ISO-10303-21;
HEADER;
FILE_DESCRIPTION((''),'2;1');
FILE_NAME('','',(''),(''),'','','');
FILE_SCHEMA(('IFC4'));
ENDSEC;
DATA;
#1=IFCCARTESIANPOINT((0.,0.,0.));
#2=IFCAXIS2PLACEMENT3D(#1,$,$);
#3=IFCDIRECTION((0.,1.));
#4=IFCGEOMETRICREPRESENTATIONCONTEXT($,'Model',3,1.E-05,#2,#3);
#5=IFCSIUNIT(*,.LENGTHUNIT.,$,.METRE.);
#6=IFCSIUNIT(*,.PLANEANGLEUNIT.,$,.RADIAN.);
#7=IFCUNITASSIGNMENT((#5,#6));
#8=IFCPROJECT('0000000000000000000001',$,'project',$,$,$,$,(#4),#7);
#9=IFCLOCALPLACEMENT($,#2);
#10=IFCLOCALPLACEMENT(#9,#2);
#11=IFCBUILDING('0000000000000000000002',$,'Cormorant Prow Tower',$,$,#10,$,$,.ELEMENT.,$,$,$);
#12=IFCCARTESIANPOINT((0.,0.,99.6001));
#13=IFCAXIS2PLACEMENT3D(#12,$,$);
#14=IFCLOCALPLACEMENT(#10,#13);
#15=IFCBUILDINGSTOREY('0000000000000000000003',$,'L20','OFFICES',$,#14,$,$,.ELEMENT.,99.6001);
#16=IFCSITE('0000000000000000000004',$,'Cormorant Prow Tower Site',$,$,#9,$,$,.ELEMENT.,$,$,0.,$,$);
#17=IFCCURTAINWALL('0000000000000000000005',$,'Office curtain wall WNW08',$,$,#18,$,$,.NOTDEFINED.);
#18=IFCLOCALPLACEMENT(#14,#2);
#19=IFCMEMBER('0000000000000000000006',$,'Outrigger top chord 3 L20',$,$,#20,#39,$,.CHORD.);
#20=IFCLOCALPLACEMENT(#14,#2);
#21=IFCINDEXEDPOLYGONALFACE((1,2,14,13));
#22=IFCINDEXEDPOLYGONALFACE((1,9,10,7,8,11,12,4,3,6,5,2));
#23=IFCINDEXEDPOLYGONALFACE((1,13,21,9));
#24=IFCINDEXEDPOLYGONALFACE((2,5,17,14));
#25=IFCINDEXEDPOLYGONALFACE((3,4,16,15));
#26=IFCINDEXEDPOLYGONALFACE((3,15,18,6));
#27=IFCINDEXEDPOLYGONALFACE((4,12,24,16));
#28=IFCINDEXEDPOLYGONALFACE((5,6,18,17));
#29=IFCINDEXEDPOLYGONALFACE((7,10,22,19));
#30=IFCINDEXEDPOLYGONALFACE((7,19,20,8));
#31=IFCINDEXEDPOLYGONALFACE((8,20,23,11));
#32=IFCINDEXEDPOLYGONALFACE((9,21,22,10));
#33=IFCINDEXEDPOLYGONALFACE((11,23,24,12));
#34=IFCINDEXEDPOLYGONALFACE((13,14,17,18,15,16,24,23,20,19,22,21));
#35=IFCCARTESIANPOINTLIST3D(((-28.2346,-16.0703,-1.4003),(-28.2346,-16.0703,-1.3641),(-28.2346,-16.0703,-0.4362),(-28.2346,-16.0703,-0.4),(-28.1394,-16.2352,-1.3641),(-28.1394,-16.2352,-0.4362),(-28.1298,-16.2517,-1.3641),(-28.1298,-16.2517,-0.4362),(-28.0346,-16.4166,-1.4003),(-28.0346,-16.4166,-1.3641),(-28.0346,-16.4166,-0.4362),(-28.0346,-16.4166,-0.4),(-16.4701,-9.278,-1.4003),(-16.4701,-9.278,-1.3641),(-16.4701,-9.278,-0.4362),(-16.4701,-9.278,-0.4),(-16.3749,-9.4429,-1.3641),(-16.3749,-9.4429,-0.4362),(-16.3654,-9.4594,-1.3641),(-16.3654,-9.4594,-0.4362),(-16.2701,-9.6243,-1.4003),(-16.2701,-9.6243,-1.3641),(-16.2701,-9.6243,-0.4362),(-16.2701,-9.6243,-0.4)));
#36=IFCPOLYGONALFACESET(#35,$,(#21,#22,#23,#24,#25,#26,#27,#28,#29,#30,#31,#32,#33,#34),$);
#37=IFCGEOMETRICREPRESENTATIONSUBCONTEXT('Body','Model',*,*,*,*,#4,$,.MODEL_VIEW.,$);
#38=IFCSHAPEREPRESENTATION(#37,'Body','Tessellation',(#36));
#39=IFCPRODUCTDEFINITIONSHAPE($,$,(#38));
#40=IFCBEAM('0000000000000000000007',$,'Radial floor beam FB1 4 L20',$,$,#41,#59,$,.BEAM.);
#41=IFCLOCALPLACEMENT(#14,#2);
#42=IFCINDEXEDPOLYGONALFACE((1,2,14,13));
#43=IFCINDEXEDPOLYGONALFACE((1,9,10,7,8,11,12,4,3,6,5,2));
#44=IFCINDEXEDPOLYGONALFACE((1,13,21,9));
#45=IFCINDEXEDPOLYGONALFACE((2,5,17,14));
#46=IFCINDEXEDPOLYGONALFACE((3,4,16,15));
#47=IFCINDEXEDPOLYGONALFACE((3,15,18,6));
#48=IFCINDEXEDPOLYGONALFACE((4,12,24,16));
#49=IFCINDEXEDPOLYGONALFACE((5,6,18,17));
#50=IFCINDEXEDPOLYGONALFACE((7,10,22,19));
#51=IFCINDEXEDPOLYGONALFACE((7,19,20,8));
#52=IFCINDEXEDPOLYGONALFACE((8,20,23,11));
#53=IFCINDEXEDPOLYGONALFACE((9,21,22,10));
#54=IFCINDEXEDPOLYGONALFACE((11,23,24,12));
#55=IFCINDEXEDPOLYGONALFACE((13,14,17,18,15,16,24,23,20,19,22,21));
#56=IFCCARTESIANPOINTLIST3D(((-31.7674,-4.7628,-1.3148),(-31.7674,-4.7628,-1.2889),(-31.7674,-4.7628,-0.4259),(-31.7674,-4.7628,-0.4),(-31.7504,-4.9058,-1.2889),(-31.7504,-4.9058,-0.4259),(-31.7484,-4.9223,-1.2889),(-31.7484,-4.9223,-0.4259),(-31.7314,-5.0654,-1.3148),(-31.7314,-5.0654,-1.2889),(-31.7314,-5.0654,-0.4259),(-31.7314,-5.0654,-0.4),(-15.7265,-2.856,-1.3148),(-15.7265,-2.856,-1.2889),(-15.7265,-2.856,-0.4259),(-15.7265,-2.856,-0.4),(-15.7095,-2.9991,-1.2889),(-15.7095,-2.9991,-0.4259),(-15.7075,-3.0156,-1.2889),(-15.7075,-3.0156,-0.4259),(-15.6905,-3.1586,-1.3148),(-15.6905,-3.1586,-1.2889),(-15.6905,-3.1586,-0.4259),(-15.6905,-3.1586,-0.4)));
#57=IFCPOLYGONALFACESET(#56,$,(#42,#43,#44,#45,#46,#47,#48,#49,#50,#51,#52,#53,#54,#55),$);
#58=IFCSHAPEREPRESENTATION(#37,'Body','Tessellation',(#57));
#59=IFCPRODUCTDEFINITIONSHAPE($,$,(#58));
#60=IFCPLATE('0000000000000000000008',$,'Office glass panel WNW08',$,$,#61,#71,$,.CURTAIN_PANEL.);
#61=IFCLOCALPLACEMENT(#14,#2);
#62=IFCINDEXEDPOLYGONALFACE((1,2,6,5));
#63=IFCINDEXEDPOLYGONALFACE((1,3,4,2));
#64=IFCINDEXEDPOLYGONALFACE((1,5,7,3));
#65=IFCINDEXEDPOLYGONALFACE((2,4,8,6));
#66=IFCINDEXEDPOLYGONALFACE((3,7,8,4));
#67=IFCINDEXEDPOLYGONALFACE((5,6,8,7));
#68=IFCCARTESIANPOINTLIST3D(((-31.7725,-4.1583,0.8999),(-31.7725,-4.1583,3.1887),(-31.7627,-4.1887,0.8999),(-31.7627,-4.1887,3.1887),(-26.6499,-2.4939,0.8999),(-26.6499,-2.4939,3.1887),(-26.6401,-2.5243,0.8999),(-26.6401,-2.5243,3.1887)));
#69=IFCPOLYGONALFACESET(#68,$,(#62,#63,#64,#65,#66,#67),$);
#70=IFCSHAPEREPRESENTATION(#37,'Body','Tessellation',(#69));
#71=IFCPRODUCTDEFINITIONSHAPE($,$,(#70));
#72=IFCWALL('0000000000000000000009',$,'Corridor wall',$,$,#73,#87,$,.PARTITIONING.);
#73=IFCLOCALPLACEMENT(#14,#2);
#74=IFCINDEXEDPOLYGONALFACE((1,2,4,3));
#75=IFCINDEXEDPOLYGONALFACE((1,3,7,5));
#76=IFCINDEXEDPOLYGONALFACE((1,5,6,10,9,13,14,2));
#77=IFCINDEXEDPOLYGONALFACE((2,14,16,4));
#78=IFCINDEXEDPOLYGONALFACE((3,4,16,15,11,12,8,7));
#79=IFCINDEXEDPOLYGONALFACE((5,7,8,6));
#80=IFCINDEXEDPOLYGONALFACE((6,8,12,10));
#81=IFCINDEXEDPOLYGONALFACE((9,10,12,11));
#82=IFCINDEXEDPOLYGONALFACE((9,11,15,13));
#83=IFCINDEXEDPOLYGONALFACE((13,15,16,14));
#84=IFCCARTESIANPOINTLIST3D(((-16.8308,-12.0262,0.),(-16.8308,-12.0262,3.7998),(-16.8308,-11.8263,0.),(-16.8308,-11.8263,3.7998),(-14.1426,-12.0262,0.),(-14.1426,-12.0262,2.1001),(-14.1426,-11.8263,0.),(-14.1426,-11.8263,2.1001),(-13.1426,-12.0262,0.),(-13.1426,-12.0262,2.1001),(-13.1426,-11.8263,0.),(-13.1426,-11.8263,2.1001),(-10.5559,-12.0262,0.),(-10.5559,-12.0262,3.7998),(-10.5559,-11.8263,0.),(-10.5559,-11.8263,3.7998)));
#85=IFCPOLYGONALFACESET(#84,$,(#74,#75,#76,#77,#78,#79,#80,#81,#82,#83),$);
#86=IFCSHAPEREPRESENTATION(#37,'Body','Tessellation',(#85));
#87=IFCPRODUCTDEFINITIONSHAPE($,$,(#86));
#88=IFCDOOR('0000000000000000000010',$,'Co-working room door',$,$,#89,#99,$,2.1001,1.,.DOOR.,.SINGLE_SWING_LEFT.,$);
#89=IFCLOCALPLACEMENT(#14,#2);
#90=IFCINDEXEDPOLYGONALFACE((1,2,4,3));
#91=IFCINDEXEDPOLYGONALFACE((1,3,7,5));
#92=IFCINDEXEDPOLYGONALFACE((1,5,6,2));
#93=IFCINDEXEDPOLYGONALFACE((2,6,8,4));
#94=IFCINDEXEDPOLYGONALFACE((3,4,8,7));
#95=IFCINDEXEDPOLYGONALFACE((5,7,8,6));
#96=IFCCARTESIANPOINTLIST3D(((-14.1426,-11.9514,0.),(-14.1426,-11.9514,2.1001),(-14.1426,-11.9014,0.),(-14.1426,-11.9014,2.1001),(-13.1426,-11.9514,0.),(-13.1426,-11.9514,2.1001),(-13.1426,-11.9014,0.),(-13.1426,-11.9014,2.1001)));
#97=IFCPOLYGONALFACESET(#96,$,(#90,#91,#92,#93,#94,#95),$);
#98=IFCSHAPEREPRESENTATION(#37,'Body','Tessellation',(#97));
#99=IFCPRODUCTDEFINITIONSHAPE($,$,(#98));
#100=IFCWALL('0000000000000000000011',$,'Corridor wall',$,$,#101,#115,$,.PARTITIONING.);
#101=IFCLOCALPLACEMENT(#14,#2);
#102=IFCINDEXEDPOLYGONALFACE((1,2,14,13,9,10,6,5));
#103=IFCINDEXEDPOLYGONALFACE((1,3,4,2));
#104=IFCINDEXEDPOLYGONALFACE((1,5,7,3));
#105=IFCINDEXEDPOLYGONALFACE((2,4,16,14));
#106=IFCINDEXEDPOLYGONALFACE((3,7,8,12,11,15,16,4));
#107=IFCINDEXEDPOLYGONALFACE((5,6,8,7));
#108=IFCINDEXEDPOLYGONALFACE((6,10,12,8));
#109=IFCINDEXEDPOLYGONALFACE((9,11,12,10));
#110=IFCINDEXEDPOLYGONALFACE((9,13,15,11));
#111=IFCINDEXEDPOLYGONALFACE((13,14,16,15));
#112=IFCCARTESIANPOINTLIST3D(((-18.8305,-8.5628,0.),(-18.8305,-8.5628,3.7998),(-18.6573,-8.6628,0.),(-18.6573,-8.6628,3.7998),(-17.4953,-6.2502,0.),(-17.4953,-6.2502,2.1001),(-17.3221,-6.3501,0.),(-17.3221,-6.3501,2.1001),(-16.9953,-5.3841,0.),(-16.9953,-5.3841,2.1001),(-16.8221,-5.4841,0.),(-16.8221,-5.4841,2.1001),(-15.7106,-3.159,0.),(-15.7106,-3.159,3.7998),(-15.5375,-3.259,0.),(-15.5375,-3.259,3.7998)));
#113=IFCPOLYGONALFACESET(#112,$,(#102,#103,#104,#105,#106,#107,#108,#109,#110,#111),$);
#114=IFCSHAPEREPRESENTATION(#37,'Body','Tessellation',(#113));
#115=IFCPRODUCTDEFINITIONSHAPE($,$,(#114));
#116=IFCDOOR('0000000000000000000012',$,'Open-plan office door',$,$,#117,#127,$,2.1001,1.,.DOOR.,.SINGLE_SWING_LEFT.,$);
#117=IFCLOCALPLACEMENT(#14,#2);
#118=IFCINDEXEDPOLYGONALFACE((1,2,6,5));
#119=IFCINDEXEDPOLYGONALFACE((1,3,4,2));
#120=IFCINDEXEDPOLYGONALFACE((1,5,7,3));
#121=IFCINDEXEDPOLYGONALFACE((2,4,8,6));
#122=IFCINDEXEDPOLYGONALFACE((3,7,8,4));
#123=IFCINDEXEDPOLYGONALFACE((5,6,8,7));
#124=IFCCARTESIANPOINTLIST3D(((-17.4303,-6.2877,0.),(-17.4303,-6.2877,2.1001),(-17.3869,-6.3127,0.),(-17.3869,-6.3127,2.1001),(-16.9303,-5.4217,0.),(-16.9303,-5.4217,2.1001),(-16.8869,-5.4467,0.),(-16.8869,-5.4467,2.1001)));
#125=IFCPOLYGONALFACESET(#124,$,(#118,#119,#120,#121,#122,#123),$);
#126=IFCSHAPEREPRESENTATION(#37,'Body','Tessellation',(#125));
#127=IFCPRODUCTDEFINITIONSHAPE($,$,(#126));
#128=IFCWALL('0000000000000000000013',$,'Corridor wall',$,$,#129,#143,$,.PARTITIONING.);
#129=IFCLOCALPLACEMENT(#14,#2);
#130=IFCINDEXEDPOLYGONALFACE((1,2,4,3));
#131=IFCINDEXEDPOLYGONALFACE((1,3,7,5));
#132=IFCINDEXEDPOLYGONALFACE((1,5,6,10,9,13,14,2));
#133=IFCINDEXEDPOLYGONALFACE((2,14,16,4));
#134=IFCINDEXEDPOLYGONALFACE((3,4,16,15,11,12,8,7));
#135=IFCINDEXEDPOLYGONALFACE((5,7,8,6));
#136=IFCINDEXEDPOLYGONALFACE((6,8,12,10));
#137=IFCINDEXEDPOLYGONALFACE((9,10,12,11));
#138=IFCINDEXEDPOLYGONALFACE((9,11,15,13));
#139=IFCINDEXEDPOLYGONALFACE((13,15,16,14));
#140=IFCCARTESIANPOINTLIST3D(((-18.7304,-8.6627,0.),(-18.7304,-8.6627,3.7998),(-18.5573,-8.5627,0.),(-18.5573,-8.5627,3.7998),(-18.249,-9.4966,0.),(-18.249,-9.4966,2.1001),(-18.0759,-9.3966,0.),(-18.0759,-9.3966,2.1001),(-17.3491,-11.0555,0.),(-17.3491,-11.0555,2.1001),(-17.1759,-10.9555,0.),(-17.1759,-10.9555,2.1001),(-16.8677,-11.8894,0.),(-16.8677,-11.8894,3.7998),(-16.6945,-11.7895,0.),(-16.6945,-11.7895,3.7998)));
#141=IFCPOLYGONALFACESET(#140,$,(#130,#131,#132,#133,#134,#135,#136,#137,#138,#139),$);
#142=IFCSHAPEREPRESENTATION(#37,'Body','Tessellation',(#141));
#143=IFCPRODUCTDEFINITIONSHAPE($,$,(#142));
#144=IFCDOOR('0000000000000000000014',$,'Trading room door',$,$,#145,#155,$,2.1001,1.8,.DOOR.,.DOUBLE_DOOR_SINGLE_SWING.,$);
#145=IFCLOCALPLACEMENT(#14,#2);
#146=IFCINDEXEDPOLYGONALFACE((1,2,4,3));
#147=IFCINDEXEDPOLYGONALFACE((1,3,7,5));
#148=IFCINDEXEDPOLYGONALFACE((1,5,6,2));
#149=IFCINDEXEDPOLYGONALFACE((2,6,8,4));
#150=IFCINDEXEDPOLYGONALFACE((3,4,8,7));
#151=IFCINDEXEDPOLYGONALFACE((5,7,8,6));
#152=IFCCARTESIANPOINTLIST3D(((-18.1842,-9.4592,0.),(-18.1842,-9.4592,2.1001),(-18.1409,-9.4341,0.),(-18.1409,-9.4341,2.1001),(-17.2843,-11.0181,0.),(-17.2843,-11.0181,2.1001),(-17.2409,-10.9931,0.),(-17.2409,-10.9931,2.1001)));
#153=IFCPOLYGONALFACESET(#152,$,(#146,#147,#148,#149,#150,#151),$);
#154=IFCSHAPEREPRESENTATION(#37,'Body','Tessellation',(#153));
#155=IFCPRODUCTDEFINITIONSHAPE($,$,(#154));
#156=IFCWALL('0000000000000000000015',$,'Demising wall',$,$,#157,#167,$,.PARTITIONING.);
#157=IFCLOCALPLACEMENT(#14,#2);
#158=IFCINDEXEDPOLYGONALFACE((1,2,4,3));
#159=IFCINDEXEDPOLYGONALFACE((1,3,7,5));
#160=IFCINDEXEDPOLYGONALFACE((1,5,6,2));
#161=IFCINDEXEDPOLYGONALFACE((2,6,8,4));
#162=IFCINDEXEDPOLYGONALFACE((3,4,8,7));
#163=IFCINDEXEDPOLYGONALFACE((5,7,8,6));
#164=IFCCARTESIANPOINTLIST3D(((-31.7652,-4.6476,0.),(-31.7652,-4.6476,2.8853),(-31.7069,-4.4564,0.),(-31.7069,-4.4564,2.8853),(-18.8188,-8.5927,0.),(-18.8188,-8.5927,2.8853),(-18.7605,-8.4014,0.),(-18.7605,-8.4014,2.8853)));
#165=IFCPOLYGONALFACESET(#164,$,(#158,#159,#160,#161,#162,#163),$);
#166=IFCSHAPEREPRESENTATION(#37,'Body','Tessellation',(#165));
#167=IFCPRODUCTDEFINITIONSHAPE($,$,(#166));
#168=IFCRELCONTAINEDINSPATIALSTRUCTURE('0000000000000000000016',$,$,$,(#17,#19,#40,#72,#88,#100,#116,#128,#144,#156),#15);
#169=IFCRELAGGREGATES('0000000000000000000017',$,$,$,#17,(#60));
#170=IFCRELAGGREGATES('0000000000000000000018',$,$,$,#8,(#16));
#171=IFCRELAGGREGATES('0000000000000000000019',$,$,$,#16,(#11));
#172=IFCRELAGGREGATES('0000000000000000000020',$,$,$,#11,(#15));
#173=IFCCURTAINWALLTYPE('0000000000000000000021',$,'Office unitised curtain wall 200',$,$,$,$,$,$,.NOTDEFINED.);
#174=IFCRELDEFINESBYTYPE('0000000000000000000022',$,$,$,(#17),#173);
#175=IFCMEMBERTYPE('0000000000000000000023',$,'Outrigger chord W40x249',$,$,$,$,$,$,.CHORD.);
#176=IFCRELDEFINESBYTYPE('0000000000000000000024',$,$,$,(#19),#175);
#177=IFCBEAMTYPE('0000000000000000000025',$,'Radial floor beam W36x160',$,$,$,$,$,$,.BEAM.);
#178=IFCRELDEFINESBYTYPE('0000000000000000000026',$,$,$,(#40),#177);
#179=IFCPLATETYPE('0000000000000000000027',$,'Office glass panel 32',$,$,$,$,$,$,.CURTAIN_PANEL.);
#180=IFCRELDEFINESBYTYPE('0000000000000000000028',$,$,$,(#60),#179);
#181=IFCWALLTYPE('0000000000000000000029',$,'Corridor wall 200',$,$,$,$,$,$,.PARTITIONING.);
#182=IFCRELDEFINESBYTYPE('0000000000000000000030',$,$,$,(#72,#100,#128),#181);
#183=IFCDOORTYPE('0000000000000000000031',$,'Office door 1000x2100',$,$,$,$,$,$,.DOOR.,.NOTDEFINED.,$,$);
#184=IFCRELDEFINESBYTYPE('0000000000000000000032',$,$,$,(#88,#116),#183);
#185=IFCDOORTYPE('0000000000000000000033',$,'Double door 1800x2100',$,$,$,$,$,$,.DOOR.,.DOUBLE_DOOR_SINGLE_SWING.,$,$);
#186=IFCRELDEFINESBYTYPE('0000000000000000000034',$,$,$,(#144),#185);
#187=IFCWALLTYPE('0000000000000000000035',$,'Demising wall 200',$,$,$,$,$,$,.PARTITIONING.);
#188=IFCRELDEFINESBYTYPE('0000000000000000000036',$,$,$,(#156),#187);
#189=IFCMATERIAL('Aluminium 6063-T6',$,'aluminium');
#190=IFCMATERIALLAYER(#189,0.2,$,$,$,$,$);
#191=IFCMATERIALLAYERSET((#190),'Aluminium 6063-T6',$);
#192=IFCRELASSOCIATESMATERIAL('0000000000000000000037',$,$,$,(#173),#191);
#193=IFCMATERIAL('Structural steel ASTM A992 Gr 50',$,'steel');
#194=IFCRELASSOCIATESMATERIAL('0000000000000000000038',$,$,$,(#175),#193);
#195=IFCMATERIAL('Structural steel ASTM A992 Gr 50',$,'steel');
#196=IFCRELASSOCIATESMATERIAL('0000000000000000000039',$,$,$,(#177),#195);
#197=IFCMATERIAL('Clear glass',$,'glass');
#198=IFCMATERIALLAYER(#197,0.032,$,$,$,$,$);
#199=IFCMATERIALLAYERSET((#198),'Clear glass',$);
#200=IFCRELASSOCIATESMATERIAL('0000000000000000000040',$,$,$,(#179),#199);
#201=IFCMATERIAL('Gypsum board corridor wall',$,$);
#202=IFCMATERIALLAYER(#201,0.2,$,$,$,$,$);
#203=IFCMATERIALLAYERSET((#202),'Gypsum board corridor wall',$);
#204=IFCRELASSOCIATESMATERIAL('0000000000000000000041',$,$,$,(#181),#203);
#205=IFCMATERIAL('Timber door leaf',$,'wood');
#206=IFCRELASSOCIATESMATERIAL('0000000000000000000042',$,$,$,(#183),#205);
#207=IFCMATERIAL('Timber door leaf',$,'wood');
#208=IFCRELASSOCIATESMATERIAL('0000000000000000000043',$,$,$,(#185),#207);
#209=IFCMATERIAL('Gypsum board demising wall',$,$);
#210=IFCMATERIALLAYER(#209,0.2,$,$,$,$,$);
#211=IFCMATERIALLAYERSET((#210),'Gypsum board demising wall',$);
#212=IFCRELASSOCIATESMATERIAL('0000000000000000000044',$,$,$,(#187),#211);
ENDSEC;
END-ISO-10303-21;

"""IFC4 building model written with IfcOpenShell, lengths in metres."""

from ifc_helpers import new_model, si_unit, direction, frame, frame_2d, origin, origin_2d, place, context, subcontext, project, spatial, rectangle, i_section, extrude, material, layer, layer_set, material_profile, profile_set, type_object, element, fill, aggregate, save


model = new_model("IFC4")

# Units and contexts
model_context = context("Model", 3, precision=1e-05, world=origin(), true_north=direction((0.0, 1.0)))
body_context = subcontext(model_context, "Body", "Model", "MODEL_VIEW")
ifc_project = project(units=[si_unit("LENGTHUNIT", "METRE"), si_unit("PLANEANGLEUNIT", "RADIAN")], contexts=[model_context])

# Site, building, storey
site_placement = place(None, origin())
site = spatial("IfcSite", under=ifc_project, at=site_placement, Name="Cormorant Prow Tower Site", CompositionType="ELEMENT", RefElevation=0.0)
building_placement = place(site_placement, origin())
building = spatial("IfcBuilding", under=site, at=building_placement, Name="Cormorant Prow Tower", CompositionType="ELEMENT")
storey_placement = place(building_placement, frame((0.0, 0.0, 99.6001)))
storey = spatial("IfcBuildingStorey", under=building, at=storey_placement, Name="L20", Description="OFFICES", CompositionType="ELEMENT", Elevation=99.6001)

# Curtain wall
ifc_material_1 = material(Name="Aluminium 6063-T6", Category="aluminium")
ifc_layer_1 = layer(ifc_material_1, 0.2)
ifc_layer_set_1 = layer_set([ifc_layer_1], Name="Aluminium 6063-T6")
curtain_wall_type = type_object("IfcCurtainWallType", Name="Office unitised curtain wall 200", PredefinedType="NOTDEFINED", material=ifc_layer_set_1)
curtain_wall_placement = place(storey_placement, origin())
curtain_wall = element("IfcCurtainWall", 1, at=curtain_wall_placement, inside=storey, type_object=curtain_wall_type, Name="Office curtain wall WNW08", PredefinedType="NOTDEFINED")

# Member
ifc_material_2 = material(Name="Structural steel ASTM A992 Gr 50", Category="steel")
ifc_material_profile_1 = material_profile(ifc_material_2, i_section(OverallWidth=0.3999, OverallDepth=1.0002, WebThickness=0.019, FlangeThickness=0.0361, at=origin_2d()), Name="W40x249")
ifc_profile_set_1 = profile_set([ifc_material_profile_1], Name="Structural steel ASTM A992 Gr 50")
member_type_1 = type_object("IfcMemberType", Name="Outrigger chord W40x249", PredefinedType="CHORD", material=ifc_profile_set_1)
member_1_placement = place(storey_placement, frame((-16.3701, -9.4512, -0.9001), z_axis=(-0.866024, -0.500003, 0.0), x_axis=(0.500003, -0.866024, 0.0)))
element("IfcMember", 2, at=member_1_placement, inside=storey, type_object=member_type_1, Name="Outrigger top chord 3 L20", PredefinedType="CHORD", context=body_context, shape_type="SweptSolid", body=[
    extrude(i_section(OverallWidth=0.3999, OverallDepth=1.0002, WebThickness=0.019, FlangeThickness=0.0361, at=origin_2d()), origin(), (0.0, 0.0, 1.0), 13.5845),
])

# Beam
ifc_material_3 = material(Name="Structural steel ASTM A992 Gr 50", Category="steel")
ifc_material_profile_2 = material_profile(ifc_material_3, i_section(OverallWidth=0.3047, OverallDepth=0.9148, WebThickness=0.0166, FlangeThickness=0.0259, at=origin_2d()), Name="W36x160")
ifc_profile_set_2 = profile_set([ifc_material_profile_2], Name="Structural steel ASTM A992 Gr 50")
beam_type_1 = type_object("IfcBeamType", Name="Radial floor beam W36x160", PredefinedType="BEAM", material=ifc_profile_set_2)
beam_1_placement = place(storey_placement, frame((-15.7085, -3.0073, -0.8574), z_axis=(-0.993009, -0.118037, 0.0), x_axis=(0.118037, -0.993009, 0.0)))
element("IfcBeam", 3, at=beam_1_placement, inside=storey, type_object=beam_type_1, Name="Radial floor beam FB1 4 L20", PredefinedType="BEAM", context=body_context, shape_type="SweptSolid", body=[
    extrude(i_section(OverallWidth=0.3047, OverallDepth=0.9148, WebThickness=0.0166, FlangeThickness=0.0259, at=origin_2d()), origin(), (0.0, 0.0, 1.0), 16.1538),
])

# Plate
ifc_material_4 = material(Name="Clear glass", Category="glass")
ifc_layer_2 = layer(ifc_material_4, 0.032)
ifc_layer_set_2 = layer_set([ifc_layer_2], Name="Clear glass")
plate_type = type_object("IfcPlateType", Name="Office glass panel 32", PredefinedType="CURTAIN_PANEL", material=ifc_layer_set_2)
plate_placement = place(storey_placement, frame((-29.2063, -3.3413, 0.8999), z_axis=(0.0, 0.0, 1.0), x_axis=(-0.951057, -0.309017, 0.0)))
plate = element("IfcPlate", 4, at=plate_placement, type_object=plate_type, Name="Office glass panel WNW08", PredefinedType="CURTAIN_PANEL", context=body_context, shape_type="SweptSolid", body=[
    extrude(rectangle(XDim=5.3862, YDim=0.032, at=origin_2d()), origin(), (0.0, 0.0, 1.0), 2.2888),
])
aggregate(curtain_wall, [plate])

# Walls, openings, doors
ifc_material_5 = material(Name="Gypsum board corridor wall")
ifc_layer_3 = layer(ifc_material_5, 0.2)
ifc_layer_set_3 = layer_set([ifc_layer_3], Name="Gypsum board corridor wall")
wall_type_1 = type_object("IfcWallType", Name="Corridor wall 200", PredefinedType="PARTITIONING", material=ifc_layer_set_3)
wall_1_placement = place(storey_placement, frame((-16.8308, -11.9263, 0.0), z_axis=(0.0, 0.0, 1.0), x_axis=(1.0, 0.0, 0.0)))
wall_1 = element("IfcWall", 5, at=wall_1_placement, inside=storey, type_object=wall_type_1, Name="Corridor wall", PredefinedType="PARTITIONING", context=body_context, shape_type="SweptSolid", body=[
    extrude(rectangle(XDim=6.2749, YDim=0.2, at=frame_2d((3.1375, 0.0))), origin(), (0.0, 0.0, 1.0), 3.7998),
])
opening_1_placement = place(wall_1_placement, frame((2.6882, 0.0, 0.0)))
opening_1 = element("IfcOpeningElement", 6, at=opening_1_placement, cuts=wall_1, PredefinedType="OPENING", context=body_context, shape_type="SweptSolid", body=[
    extrude(rectangle(XDim=1.0, YDim=2.1001, at=frame_2d((0.5, 1.05))), frame((0.0, 0.1099, 0.0), z_axis=(0.0, -1.0, 0.0), x_axis=(1.0, 0.0, 0.0)), (0.0, 0.0, 1.0), 0.22),
])
ifc_material_6 = material(Name="Timber door leaf", Category="wood")
door_type_1 = type_object("IfcDoorType", Name="Office door 1000x2100", OperationType="NOTDEFINED", PredefinedType="DOOR", material=ifc_material_6)
door_1_placement = place(opening_1_placement, origin())
door_1 = element("IfcDoor", 7, at=door_1_placement, inside=storey, type_object=door_type_1, Name="Co-working room door", OperationType="SINGLE_SWING_LEFT", OverallHeight=2.1001, OverallWidth=1.0, PredefinedType="DOOR", context=body_context, shape_type="SweptSolid", body=[
    extrude(rectangle(XDim=1.0, YDim=2.1001, at=frame_2d((0.5, 1.05))), frame((0.0, 0.0249, 0.0), z_axis=(0.0, -1.0, 0.0), x_axis=(1.0, 0.0, 0.0)), (0.0, 0.0, 1.0), 0.05),
])
fill(opening_1, door_1)
wall_2_placement = place(storey_placement, frame((-18.7439, -8.6128, 0.0), z_axis=(0.0, 0.0, 1.0), x_axis=(0.499998, 0.866027, 0.0)))
wall_2 = element("IfcWall", 8, at=wall_2_placement, inside=storey, type_object=wall_type_1, Name="Corridor wall", PredefinedType="PARTITIONING", context=body_context, shape_type="SweptSolid", body=[
    extrude(rectangle(XDim=6.2397, YDim=0.2, at=frame_2d((3.1199, 0.0))), origin(), (0.0, 0.0, 1.0), 3.7998),
])
opening_2_placement = place(wall_2_placement, frame((2.6704, 0.0, 0.0)))
opening_2 = element("IfcOpeningElement", 9, at=opening_2_placement, cuts=wall_2, PredefinedType="OPENING", context=body_context, shape_type="SweptSolid", body=[
    extrude(rectangle(XDim=1.0, YDim=2.1001, at=frame_2d((0.5, 1.05))), frame((0.0, 0.1099, 0.0), z_axis=(0.0, -1.0, 0.0), x_axis=(1.0, 0.0, 0.0)), (0.0, 0.0, 1.0), 0.22),
])
door_2_placement = place(opening_2_placement, origin())
door_2 = element("IfcDoor", 10, at=door_2_placement, inside=storey, type_object=door_type_1, Name="Open-plan office door", OperationType="SINGLE_SWING_LEFT", OverallHeight=2.1001, OverallWidth=1.0, PredefinedType="DOOR", context=body_context, shape_type="SweptSolid", body=[
    extrude(rectangle(XDim=1.0, YDim=2.1001, at=frame_2d((0.5, 1.05))), frame((0.0, 0.0249, 0.0), z_axis=(0.0, -1.0, 0.0), x_axis=(1.0, 0.0, 0.0)), (0.0, 0.0, 1.0), 0.05),
])
fill(opening_2, door_2)
wall_3_placement = place(storey_placement, frame((-18.6438, -8.6128, 0.0), z_axis=(0.0, 0.0, 1.0), x_axis=(0.499959, -0.866049, 0.0)))
wall_3 = element("IfcWall", 11, at=wall_3_placement, inside=storey, type_object=wall_type_1, Name="Corridor wall", PredefinedType="PARTITIONING", context=body_context, shape_type="SweptSolid", body=[
    extrude(rectangle(XDim=3.7258, YDim=0.2, at=frame_2d((1.8628, 0.0))), origin(), (0.0, 0.0, 1.0), 3.7998),
])
opening_3_placement = place(wall_3_placement, frame((0.9629, 0.0, 0.0)))
opening_3 = element("IfcOpeningElement", 12, at=opening_3_placement, cuts=wall_3, PredefinedType="OPENING", context=body_context, shape_type="SweptSolid", body=[
    extrude(rectangle(XDim=1.8, YDim=2.1001, at=frame_2d((0.8999, 1.05))), frame((0.0, 0.1099, 0.0), z_axis=(0.0, -1.0, 0.0), x_axis=(1.0, 0.0, 0.0)), (0.0, 0.0, 1.0), 0.22),
])
ifc_material_7 = material(Name="Timber door leaf", Category="wood")
door_type_2 = type_object("IfcDoorType", Name="Double door 1800x2100", OperationType="DOUBLE_DOOR_SINGLE_SWING", PredefinedType="DOOR", material=ifc_material_7)
door_3_placement = place(opening_3_placement, origin())
door_3 = element("IfcDoor", 13, at=door_3_placement, inside=storey, type_object=door_type_2, Name="Trading room door", OperationType="DOUBLE_DOOR_SINGLE_SWING", OverallHeight=2.1001, OverallWidth=1.8, PredefinedType="DOOR", context=body_context, shape_type="SweptSolid", body=[
    extrude(rectangle(XDim=1.8, YDim=2.1001, at=frame_2d((0.8999, 1.05))), frame((0.0, 0.0249, 0.0), z_axis=(0.0, -1.0, 0.0), x_axis=(1.0, 0.0, 0.0)), (0.0, 0.0, 1.0), 0.05),
])
fill(opening_3, door_3)

# Wall
ifc_material_8 = material(Name="Gypsum board demising wall")
ifc_layer_4 = layer(ifc_material_8, 0.2)
ifc_layer_set_4 = layer_set([ifc_layer_4], Name="Gypsum board demising wall")
wall_type_2 = type_object("IfcWallType", Name="Demising wall 200", PredefinedType="PARTITIONING", material=ifc_layer_set_4)
wall_4_placement = place(storey_placement, frame((-31.7361, -4.552, 0.0), z_axis=(0.0, 0.0, 1.0), x_axis=(0.956575, -0.291487, 0.0)))
element("IfcWall", 14, at=wall_4_placement, inside=storey, type_object=wall_type_2, Name="Demising wall", PredefinedType="PARTITIONING", context=body_context, shape_type="SweptSolid", body=[
    extrude(rectangle(XDim=13.5342, YDim=0.2, at=frame_2d((6.7671, 0.0))), origin(), (0.0, 0.0, 1.0), 2.8853),
])

save(model, "model.ifc")
